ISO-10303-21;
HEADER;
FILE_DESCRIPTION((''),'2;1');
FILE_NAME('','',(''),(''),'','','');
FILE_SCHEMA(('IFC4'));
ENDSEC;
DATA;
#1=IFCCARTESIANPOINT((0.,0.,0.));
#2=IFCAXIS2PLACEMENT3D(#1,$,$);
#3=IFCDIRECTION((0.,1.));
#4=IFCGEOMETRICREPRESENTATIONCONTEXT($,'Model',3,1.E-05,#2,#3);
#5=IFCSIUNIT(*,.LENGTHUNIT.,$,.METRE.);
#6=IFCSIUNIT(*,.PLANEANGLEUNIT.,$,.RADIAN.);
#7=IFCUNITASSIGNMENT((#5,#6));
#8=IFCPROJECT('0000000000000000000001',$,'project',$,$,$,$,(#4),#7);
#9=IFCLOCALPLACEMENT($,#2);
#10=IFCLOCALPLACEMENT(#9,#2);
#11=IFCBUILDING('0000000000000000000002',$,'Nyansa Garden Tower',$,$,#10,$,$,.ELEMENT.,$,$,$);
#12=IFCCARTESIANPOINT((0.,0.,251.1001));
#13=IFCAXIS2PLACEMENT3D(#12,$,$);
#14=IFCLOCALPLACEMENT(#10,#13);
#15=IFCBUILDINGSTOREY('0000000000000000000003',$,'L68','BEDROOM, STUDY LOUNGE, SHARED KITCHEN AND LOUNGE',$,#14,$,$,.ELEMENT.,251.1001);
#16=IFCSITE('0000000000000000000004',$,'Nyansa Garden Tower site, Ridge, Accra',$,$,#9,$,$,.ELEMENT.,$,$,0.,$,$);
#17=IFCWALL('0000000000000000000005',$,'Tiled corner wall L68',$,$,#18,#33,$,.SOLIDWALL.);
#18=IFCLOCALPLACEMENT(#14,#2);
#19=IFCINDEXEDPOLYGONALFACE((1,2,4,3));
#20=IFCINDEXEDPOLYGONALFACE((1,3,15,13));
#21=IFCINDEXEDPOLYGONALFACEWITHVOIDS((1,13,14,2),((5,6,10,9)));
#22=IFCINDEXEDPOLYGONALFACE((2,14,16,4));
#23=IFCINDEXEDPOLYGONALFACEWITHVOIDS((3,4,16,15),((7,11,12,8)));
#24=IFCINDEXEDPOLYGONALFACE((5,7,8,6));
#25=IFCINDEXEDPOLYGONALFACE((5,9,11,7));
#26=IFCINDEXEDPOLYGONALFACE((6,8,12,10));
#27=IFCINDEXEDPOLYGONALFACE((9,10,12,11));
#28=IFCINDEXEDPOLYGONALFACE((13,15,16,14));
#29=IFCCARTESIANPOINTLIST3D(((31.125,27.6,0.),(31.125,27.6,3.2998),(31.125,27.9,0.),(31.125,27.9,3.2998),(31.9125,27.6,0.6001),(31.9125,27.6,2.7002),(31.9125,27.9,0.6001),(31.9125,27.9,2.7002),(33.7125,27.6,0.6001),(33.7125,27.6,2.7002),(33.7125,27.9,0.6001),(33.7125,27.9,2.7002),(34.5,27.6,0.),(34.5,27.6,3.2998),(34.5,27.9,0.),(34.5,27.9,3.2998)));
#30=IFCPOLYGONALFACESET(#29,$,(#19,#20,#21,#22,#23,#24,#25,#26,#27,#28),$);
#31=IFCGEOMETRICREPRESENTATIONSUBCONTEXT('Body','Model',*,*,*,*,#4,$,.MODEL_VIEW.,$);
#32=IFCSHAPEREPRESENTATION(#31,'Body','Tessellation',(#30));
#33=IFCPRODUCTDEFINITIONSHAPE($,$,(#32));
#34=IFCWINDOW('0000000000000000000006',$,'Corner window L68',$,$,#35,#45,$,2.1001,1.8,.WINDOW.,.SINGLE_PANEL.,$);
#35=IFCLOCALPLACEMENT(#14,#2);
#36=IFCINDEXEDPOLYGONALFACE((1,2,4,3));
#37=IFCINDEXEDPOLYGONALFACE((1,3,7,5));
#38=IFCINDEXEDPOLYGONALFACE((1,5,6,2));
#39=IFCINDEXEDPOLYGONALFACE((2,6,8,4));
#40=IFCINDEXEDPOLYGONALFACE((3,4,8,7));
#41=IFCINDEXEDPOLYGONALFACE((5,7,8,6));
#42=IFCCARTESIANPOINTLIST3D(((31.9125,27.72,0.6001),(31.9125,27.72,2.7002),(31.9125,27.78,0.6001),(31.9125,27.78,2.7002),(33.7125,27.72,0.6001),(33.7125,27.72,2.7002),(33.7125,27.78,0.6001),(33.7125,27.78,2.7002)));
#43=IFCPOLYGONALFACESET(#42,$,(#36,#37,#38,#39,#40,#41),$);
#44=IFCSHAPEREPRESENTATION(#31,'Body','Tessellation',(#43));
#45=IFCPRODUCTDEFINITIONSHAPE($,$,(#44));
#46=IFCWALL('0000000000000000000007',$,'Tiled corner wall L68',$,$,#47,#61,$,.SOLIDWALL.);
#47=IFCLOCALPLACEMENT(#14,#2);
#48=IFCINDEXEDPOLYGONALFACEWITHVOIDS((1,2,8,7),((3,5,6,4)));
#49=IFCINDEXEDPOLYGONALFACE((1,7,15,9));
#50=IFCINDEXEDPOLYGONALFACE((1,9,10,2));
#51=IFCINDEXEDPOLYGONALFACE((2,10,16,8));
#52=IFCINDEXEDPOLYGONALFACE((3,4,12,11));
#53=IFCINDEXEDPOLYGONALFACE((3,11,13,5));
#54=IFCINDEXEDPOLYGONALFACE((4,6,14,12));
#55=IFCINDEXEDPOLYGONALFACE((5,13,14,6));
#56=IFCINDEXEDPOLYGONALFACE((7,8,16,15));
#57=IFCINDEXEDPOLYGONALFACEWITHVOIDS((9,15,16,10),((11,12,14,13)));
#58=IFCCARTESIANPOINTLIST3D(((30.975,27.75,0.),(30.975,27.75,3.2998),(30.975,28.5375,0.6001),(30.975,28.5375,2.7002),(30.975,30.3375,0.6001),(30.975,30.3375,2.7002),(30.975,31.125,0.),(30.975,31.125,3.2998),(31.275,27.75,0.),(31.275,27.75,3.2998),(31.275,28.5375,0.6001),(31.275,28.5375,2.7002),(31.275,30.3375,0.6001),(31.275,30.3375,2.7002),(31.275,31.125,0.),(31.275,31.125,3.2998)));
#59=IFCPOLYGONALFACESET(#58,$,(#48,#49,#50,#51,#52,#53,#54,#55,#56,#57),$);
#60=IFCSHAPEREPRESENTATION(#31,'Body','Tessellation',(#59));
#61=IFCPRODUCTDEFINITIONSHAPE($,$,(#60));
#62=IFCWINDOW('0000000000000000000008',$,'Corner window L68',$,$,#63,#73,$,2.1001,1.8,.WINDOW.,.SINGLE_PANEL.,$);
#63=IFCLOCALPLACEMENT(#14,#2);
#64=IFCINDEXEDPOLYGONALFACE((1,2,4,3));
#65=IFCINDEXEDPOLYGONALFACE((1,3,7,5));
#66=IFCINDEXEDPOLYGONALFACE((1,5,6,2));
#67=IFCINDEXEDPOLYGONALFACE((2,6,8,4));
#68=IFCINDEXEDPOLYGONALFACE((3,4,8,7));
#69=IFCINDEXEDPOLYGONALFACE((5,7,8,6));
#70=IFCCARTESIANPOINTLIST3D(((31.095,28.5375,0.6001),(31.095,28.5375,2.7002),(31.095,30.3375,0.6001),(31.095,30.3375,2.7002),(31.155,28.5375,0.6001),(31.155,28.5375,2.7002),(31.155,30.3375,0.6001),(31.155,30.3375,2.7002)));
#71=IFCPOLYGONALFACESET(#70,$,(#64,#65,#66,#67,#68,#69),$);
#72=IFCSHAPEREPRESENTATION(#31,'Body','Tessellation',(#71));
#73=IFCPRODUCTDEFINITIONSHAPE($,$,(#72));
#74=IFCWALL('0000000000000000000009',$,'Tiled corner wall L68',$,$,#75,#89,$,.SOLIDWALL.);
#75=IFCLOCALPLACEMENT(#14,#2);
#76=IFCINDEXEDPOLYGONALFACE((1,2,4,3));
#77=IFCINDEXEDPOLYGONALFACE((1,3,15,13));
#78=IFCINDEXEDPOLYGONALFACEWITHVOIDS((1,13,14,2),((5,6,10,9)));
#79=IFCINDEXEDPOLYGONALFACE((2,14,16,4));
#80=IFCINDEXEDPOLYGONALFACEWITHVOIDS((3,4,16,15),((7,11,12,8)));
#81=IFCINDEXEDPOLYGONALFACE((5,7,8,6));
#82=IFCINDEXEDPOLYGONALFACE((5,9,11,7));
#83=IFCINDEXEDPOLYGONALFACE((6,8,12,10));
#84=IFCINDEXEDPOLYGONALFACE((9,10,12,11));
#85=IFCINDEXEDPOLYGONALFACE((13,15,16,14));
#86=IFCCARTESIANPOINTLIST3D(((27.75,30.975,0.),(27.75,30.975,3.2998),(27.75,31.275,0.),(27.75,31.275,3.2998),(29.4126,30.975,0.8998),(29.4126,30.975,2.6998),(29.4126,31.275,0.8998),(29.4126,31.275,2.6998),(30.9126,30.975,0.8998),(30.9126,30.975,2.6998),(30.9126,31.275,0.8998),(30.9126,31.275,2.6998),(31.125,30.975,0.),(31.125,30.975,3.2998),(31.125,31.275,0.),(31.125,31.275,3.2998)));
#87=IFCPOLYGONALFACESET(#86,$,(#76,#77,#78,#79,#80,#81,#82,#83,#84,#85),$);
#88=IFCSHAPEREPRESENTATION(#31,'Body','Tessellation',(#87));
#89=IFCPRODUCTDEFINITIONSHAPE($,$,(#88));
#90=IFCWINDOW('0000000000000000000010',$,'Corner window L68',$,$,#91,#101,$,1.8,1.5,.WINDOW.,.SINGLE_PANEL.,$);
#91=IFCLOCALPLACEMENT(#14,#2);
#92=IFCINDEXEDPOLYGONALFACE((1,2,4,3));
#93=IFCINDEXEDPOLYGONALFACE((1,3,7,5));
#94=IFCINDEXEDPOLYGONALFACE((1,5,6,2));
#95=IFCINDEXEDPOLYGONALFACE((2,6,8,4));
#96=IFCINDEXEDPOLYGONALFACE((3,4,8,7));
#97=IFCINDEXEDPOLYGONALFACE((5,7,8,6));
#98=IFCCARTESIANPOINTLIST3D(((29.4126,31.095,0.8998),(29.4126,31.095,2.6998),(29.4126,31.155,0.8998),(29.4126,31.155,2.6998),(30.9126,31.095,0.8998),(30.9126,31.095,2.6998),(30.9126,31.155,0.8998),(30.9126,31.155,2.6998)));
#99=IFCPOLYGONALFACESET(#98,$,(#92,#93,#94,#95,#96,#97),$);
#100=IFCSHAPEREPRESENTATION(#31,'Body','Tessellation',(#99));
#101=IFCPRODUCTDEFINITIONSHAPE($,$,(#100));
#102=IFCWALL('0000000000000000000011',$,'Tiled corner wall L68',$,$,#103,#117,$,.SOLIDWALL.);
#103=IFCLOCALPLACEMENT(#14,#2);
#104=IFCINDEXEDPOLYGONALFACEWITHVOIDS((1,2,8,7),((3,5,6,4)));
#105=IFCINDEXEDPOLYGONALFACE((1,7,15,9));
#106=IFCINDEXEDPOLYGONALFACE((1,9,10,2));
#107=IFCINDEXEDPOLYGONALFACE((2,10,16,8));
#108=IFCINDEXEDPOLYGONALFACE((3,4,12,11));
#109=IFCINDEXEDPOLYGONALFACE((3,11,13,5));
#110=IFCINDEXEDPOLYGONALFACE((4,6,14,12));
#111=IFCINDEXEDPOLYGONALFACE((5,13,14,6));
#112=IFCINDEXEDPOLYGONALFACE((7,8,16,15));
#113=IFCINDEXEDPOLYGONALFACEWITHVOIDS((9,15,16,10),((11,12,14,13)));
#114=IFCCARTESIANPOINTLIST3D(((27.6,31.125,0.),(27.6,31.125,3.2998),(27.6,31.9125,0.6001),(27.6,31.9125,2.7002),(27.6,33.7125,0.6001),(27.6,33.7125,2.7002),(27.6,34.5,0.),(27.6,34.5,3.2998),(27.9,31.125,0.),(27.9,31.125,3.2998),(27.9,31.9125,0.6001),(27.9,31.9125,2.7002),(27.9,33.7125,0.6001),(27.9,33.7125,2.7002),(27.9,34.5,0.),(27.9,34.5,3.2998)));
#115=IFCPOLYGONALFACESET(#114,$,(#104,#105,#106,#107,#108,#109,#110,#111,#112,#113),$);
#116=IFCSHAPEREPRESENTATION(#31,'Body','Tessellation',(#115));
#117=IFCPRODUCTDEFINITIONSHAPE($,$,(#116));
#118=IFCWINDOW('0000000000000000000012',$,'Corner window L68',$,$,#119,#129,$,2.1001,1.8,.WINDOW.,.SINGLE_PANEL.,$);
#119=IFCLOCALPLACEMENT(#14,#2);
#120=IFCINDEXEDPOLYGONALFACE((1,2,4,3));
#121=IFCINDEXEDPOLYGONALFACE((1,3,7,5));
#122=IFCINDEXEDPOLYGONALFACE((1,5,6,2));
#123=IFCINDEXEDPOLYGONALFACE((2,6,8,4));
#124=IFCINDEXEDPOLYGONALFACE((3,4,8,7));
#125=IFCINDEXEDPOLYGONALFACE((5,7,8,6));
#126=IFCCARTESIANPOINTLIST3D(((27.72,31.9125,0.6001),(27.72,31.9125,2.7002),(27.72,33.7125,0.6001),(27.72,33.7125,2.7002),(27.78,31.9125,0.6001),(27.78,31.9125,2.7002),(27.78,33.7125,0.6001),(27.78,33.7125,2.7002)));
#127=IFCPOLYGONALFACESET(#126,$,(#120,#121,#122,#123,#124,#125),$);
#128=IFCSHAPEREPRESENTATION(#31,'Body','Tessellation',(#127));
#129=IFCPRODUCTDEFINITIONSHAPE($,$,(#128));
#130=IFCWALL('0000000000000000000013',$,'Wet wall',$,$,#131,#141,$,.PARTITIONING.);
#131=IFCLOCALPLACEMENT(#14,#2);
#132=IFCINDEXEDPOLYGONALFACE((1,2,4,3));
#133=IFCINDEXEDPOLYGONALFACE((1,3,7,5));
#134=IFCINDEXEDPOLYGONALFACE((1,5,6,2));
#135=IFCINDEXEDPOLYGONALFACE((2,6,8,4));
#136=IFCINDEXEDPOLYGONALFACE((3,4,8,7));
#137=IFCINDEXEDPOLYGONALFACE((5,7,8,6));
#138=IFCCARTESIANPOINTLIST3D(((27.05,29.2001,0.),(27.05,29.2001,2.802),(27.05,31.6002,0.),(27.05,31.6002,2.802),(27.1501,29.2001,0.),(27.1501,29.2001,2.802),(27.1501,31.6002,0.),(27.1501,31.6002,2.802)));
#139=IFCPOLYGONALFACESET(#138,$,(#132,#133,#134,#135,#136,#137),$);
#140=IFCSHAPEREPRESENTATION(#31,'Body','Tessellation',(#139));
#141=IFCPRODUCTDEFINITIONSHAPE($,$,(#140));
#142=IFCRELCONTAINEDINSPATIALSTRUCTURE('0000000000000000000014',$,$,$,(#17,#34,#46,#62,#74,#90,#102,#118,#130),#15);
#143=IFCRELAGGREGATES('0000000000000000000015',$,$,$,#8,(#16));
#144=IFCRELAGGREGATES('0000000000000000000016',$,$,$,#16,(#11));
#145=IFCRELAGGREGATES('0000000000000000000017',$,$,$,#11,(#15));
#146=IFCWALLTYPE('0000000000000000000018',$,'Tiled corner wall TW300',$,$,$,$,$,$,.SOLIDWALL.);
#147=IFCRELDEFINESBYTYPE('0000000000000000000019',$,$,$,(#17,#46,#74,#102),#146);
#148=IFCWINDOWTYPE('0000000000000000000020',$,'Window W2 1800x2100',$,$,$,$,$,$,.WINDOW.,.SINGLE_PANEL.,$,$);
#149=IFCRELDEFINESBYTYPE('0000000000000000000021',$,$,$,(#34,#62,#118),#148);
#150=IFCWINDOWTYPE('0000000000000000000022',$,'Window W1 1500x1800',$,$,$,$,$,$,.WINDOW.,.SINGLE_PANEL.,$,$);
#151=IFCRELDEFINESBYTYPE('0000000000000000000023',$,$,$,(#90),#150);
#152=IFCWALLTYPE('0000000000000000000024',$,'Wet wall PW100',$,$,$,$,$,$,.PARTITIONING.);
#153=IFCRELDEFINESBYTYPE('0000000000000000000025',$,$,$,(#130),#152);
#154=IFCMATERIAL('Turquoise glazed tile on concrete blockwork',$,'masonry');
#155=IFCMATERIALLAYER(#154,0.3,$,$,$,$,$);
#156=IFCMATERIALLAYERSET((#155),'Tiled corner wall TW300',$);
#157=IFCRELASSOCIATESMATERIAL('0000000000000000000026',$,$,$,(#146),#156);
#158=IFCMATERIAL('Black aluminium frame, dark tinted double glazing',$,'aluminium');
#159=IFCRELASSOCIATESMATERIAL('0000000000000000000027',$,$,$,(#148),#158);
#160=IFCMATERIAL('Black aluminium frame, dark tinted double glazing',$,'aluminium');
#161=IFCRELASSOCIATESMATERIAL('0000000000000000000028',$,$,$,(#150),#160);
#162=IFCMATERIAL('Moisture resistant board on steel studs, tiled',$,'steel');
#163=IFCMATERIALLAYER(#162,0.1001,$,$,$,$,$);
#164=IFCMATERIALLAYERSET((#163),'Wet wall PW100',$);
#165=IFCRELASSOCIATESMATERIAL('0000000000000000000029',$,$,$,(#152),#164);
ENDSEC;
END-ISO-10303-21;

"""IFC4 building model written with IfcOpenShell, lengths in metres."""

from ifc_helpers import new_model, si_unit, direction, frame, frame_2d, origin, place, context, subcontext, project, spatial, rectangle, extrude, material, layer, layer_set, type_object, element, fill, save


model = new_model("IFC4")

# Units and contexts
model_context = context("Model", 3, precision=1e-05, world=origin(), true_north=direction((0.0, 1.0)))
body_context = subcontext(model_context, "Body", "Model", "MODEL_VIEW")
ifc_project = project(units=[si_unit("LENGTHUNIT", "METRE"), si_unit("PLANEANGLEUNIT", "RADIAN")], contexts=[model_context])

# Site, building, storey
site_placement = place(None, origin())
site = spatial("IfcSite", under=ifc_project, at=site_placement, Name="Nyansa Garden Tower site, Ridge, Accra", CompositionType="ELEMENT", RefElevation=0.0)
building_placement = place(site_placement, origin())
building = spatial("IfcBuilding", under=site, at=building_placement, Name="Nyansa Garden Tower", CompositionType="ELEMENT")
storey_placement = place(building_placement, frame((0.0, 0.0, 251.1001)))
storey = spatial("IfcBuildingStorey", under=building, at=storey_placement, Name="L68", Description="BEDROOM, STUDY LOUNGE, SHARED KITCHEN AND LOUNGE", CompositionType="ELEMENT", Elevation=251.1001)

# Walls, openings, windows
ifc_material_1 = material(Name="Turquoise glazed tile on concrete blockwork", Category="masonry")
ifc_layer_1 = layer(ifc_material_1, 0.3)
ifc_layer_set_1 = layer_set([ifc_layer_1], Name="Tiled corner wall TW300")
wall_type_1 = type_object("IfcWallType", Name="Tiled corner wall TW300", PredefinedType="SOLIDWALL", material=ifc_layer_set_1)
wall_1_placement = place(storey_placement, frame((34.5, 27.75, 0.0), z_axis=(0.0, 0.0, 1.0), x_axis=(-1.0, 0.0, 0.0)))
wall_1 = element("IfcWall", 1, at=wall_1_placement, inside=storey, type_object=wall_type_1, Name="Tiled corner wall L68", PredefinedType="SOLIDWALL", context=body_context, shape_type="SweptSolid", body=[
    extrude(rectangle(XDim=3.375, YDim=0.3, at=frame_2d((1.6875, 0.0))), origin(), (0.0, 0.0, 1.0), 3.2998),
])
opening_1_placement = place(wall_1_placement, frame((0.7876, 0.0, 0.6001)))
opening_1 = element("IfcOpeningElement", 2, at=opening_1_placement, cuts=wall_1, PredefinedType="OPENING", context=body_context, shape_type="SweptSolid", body=[
    extrude(rectangle(XDim=1.8, YDim=2.1001, at=frame_2d((0.8999, 1.05))), frame((0.0, 0.1599, 0.0), z_axis=(0.0, -1.0, 0.0), x_axis=(1.0, 0.0, 0.0)), (0.0, 0.0, 1.0), 0.3201),
])
ifc_material_2 = material(Name="Black aluminium frame, dark tinted double glazing", Category="aluminium")
window_type_1 = type_object("IfcWindowType", Name="Window W2 1800x2100", PartitioningType="SINGLE_PANEL", PredefinedType="WINDOW", material=ifc_material_2)
window_1_placement = place(opening_1_placement, origin())
window_1 = element("IfcWindow", 3, at=window_1_placement, inside=storey, type_object=window_type_1, Name="Corner window L68", OverallHeight=2.1001, OverallWidth=1.8, PartitioningType="SINGLE_PANEL", PredefinedType="WINDOW", context=body_context, shape_type="SweptSolid", body=[
    extrude(rectangle(XDim=1.8, YDim=2.1001, at=frame_2d((0.8999, 1.05))), frame((0.0, 0.03, 0.0), z_axis=(0.0, -1.0, 0.0), x_axis=(1.0, 0.0, 0.0)), (0.0, 0.0, 1.0), 0.0601),
])
fill(opening_1, window_1)
wall_2_placement = place(storey_placement, frame((31.125, 27.75, 0.0), z_axis=(0.0, 0.0, 1.0), x_axis=(0.0, 1.0, 0.0)))
wall_2 = element("IfcWall", 4, at=wall_2_placement, inside=storey, type_object=wall_type_1, Name="Tiled corner wall L68", PredefinedType="SOLIDWALL", context=body_context, shape_type="SweptSolid", body=[
    extrude(rectangle(XDim=3.375, YDim=0.3, at=frame_2d((1.6875, 0.0))), origin(), (0.0, 0.0, 1.0), 3.2998),
])
opening_2_placement = place(wall_2_placement, frame((0.7876, 0.0, 0.6001)))
opening_2 = element("IfcOpeningElement", 5, at=opening_2_placement, cuts=wall_2, PredefinedType="OPENING", context=body_context, shape_type="SweptSolid", body=[
    extrude(rectangle(XDim=1.8, YDim=2.1001, at=frame_2d((0.8999, 1.05))), frame((0.0, 0.1599, 0.0), z_axis=(0.0, -1.0, 0.0), x_axis=(1.0, 0.0, 0.0)), (0.0, 0.0, 1.0), 0.3201),
])
window_2_placement = place(opening_2_placement, origin())
window_2 = element("IfcWindow", 6, at=window_2_placement, inside=storey, type_object=window_type_1, Name="Corner window L68", OverallHeight=2.1001, OverallWidth=1.8, PartitioningType="SINGLE_PANEL", PredefinedType="WINDOW", context=body_context, shape_type="SweptSolid", body=[
    extrude(rectangle(XDim=1.8, YDim=2.1001, at=frame_2d((0.8999, 1.05))), frame((0.0, 0.03, 0.0), z_axis=(0.0, -1.0, 0.0), x_axis=(1.0, 0.0, 0.0)), (0.0, 0.0, 1.0), 0.0601),
])
fill(opening_2, window_2)
wall_3_placement = place(storey_placement, frame((31.125, 31.125, 0.0), z_axis=(0.0, 0.0, 1.0), x_axis=(-1.0, 0.0, 0.0)))
wall_3 = element("IfcWall", 7, at=wall_3_placement, inside=storey, type_object=wall_type_1, Name="Tiled corner wall L68", PredefinedType="SOLIDWALL", context=body_context, shape_type="SweptSolid", body=[
    extrude(rectangle(XDim=3.375, YDim=0.3, at=frame_2d((1.6875, 0.0))), origin(), (0.0, 0.0, 1.0), 3.2998),
])
opening_3_placement = place(wall_3_placement, frame((0.2124, 0.0, 0.8999)))
opening_3 = element("IfcOpeningElement", 8, at=opening_3_placement, cuts=wall_3, PredefinedType="OPENING", context=body_context, shape_type="SweptSolid", body=[
    extrude(rectangle(XDim=1.5, YDim=1.8, at=frame_2d((0.75, 0.8999))), frame((0.0, 0.1599, 0.0), z_axis=(0.0, -1.0, 0.0), x_axis=(1.0, 0.0, 0.0)), (0.0, 0.0, 1.0), 0.3201),
])
ifc_material_3 = material(Name="Black aluminium frame, dark tinted double glazing", Category="aluminium")
window_type_2 = type_object("IfcWindowType", Name="Window W1 1500x1800", PartitioningType="SINGLE_PANEL", PredefinedType="WINDOW", material=ifc_material_3)
window_3_placement = place(opening_3_placement, origin())
window_3 = element("IfcWindow", 9, at=window_3_placement, inside=storey, type_object=window_type_2, Name="Corner window L68", OverallHeight=1.8, OverallWidth=1.5, PartitioningType="SINGLE_PANEL", PredefinedType="WINDOW", context=body_context, shape_type="SweptSolid", body=[
    extrude(rectangle(XDim=1.5, YDim=1.8, at=frame_2d((0.75, 0.8999))), frame((0.0, 0.03, 0.0), z_axis=(0.0, -1.0, 0.0), x_axis=(1.0, 0.0, 0.0)), (0.0, 0.0, 1.0), 0.0601),
])
fill(opening_3, window_3)
wall_4_placement = place(storey_placement, frame((27.75, 31.125, 0.0), z_axis=(0.0, 0.0, 1.0), x_axis=(0.0, 1.0, 0.0)))
wall_4 = element("IfcWall", 10, at=wall_4_placement, inside=storey, type_object=wall_type_1, Name="Tiled corner wall L68", PredefinedType="SOLIDWALL", context=body_context, shape_type="SweptSolid", body=[
    extrude(rectangle(XDim=3.375, YDim=0.3, at=frame_2d((1.6875, 0.0))), origin(), (0.0, 0.0, 1.0), 3.2998),
])
opening_4_placement = place(wall_4_placement, frame((0.7876, 0.0, 0.6001)))
opening_4 = element("IfcOpeningElement", 11, at=opening_4_placement, cuts=wall_4, PredefinedType="OPENING", context=body_context, shape_type="SweptSolid", body=[
    extrude(rectangle(XDim=1.8, YDim=2.1001, at=frame_2d((0.8999, 1.05))), frame((0.0, 0.1599, 0.0), z_axis=(0.0, -1.0, 0.0), x_axis=(1.0, 0.0, 0.0)), (0.0, 0.0, 1.0), 0.3201),
])
window_4_placement = place(opening_4_placement, origin())
window_4 = element("IfcWindow", 12, at=window_4_placement, inside=storey, type_object=window_type_1, Name="Corner window L68", OverallHeight=2.1001, OverallWidth=1.8, PartitioningType="SINGLE_PANEL", PredefinedType="WINDOW", context=body_context, shape_type="SweptSolid", body=[
    extrude(rectangle(XDim=1.8, YDim=2.1001, at=frame_2d((0.8999, 1.05))), frame((0.0, 0.03, 0.0), z_axis=(0.0, -1.0, 0.0), x_axis=(1.0, 0.0, 0.0)), (0.0, 0.0, 1.0), 0.0601),
])
fill(opening_4, window_4)

# Wall
ifc_material_4 = material(Name="Moisture resistant board on steel studs, tiled", Category="steel")
ifc_layer_2 = layer(ifc_material_4, 0.1001)
ifc_layer_set_2 = layer_set([ifc_layer_2], Name="Wet wall PW100")
wall_type_2 = type_object("IfcWallType", Name="Wet wall PW100", PredefinedType="PARTITIONING", material=ifc_layer_set_2)
wall_5_placement = place(storey_placement, frame((27.1001, 29.2, 0.0), z_axis=(0.0, 0.0, 1.0), x_axis=(0.0, 1.0, 0.0)))
element("IfcWall", 13, at=wall_5_placement, inside=storey, type_object=wall_type_2, Name="Wet wall", PredefinedType="PARTITIONING", context=body_context, shape_type="SweptSolid", body=[
    extrude(rectangle(XDim=2.4001, YDim=0.1001, at=frame_2d((1.2002, 0.0))), origin(), (0.0, 0.0, 1.0), 2.802),
])

save(model, "model.ifc")
